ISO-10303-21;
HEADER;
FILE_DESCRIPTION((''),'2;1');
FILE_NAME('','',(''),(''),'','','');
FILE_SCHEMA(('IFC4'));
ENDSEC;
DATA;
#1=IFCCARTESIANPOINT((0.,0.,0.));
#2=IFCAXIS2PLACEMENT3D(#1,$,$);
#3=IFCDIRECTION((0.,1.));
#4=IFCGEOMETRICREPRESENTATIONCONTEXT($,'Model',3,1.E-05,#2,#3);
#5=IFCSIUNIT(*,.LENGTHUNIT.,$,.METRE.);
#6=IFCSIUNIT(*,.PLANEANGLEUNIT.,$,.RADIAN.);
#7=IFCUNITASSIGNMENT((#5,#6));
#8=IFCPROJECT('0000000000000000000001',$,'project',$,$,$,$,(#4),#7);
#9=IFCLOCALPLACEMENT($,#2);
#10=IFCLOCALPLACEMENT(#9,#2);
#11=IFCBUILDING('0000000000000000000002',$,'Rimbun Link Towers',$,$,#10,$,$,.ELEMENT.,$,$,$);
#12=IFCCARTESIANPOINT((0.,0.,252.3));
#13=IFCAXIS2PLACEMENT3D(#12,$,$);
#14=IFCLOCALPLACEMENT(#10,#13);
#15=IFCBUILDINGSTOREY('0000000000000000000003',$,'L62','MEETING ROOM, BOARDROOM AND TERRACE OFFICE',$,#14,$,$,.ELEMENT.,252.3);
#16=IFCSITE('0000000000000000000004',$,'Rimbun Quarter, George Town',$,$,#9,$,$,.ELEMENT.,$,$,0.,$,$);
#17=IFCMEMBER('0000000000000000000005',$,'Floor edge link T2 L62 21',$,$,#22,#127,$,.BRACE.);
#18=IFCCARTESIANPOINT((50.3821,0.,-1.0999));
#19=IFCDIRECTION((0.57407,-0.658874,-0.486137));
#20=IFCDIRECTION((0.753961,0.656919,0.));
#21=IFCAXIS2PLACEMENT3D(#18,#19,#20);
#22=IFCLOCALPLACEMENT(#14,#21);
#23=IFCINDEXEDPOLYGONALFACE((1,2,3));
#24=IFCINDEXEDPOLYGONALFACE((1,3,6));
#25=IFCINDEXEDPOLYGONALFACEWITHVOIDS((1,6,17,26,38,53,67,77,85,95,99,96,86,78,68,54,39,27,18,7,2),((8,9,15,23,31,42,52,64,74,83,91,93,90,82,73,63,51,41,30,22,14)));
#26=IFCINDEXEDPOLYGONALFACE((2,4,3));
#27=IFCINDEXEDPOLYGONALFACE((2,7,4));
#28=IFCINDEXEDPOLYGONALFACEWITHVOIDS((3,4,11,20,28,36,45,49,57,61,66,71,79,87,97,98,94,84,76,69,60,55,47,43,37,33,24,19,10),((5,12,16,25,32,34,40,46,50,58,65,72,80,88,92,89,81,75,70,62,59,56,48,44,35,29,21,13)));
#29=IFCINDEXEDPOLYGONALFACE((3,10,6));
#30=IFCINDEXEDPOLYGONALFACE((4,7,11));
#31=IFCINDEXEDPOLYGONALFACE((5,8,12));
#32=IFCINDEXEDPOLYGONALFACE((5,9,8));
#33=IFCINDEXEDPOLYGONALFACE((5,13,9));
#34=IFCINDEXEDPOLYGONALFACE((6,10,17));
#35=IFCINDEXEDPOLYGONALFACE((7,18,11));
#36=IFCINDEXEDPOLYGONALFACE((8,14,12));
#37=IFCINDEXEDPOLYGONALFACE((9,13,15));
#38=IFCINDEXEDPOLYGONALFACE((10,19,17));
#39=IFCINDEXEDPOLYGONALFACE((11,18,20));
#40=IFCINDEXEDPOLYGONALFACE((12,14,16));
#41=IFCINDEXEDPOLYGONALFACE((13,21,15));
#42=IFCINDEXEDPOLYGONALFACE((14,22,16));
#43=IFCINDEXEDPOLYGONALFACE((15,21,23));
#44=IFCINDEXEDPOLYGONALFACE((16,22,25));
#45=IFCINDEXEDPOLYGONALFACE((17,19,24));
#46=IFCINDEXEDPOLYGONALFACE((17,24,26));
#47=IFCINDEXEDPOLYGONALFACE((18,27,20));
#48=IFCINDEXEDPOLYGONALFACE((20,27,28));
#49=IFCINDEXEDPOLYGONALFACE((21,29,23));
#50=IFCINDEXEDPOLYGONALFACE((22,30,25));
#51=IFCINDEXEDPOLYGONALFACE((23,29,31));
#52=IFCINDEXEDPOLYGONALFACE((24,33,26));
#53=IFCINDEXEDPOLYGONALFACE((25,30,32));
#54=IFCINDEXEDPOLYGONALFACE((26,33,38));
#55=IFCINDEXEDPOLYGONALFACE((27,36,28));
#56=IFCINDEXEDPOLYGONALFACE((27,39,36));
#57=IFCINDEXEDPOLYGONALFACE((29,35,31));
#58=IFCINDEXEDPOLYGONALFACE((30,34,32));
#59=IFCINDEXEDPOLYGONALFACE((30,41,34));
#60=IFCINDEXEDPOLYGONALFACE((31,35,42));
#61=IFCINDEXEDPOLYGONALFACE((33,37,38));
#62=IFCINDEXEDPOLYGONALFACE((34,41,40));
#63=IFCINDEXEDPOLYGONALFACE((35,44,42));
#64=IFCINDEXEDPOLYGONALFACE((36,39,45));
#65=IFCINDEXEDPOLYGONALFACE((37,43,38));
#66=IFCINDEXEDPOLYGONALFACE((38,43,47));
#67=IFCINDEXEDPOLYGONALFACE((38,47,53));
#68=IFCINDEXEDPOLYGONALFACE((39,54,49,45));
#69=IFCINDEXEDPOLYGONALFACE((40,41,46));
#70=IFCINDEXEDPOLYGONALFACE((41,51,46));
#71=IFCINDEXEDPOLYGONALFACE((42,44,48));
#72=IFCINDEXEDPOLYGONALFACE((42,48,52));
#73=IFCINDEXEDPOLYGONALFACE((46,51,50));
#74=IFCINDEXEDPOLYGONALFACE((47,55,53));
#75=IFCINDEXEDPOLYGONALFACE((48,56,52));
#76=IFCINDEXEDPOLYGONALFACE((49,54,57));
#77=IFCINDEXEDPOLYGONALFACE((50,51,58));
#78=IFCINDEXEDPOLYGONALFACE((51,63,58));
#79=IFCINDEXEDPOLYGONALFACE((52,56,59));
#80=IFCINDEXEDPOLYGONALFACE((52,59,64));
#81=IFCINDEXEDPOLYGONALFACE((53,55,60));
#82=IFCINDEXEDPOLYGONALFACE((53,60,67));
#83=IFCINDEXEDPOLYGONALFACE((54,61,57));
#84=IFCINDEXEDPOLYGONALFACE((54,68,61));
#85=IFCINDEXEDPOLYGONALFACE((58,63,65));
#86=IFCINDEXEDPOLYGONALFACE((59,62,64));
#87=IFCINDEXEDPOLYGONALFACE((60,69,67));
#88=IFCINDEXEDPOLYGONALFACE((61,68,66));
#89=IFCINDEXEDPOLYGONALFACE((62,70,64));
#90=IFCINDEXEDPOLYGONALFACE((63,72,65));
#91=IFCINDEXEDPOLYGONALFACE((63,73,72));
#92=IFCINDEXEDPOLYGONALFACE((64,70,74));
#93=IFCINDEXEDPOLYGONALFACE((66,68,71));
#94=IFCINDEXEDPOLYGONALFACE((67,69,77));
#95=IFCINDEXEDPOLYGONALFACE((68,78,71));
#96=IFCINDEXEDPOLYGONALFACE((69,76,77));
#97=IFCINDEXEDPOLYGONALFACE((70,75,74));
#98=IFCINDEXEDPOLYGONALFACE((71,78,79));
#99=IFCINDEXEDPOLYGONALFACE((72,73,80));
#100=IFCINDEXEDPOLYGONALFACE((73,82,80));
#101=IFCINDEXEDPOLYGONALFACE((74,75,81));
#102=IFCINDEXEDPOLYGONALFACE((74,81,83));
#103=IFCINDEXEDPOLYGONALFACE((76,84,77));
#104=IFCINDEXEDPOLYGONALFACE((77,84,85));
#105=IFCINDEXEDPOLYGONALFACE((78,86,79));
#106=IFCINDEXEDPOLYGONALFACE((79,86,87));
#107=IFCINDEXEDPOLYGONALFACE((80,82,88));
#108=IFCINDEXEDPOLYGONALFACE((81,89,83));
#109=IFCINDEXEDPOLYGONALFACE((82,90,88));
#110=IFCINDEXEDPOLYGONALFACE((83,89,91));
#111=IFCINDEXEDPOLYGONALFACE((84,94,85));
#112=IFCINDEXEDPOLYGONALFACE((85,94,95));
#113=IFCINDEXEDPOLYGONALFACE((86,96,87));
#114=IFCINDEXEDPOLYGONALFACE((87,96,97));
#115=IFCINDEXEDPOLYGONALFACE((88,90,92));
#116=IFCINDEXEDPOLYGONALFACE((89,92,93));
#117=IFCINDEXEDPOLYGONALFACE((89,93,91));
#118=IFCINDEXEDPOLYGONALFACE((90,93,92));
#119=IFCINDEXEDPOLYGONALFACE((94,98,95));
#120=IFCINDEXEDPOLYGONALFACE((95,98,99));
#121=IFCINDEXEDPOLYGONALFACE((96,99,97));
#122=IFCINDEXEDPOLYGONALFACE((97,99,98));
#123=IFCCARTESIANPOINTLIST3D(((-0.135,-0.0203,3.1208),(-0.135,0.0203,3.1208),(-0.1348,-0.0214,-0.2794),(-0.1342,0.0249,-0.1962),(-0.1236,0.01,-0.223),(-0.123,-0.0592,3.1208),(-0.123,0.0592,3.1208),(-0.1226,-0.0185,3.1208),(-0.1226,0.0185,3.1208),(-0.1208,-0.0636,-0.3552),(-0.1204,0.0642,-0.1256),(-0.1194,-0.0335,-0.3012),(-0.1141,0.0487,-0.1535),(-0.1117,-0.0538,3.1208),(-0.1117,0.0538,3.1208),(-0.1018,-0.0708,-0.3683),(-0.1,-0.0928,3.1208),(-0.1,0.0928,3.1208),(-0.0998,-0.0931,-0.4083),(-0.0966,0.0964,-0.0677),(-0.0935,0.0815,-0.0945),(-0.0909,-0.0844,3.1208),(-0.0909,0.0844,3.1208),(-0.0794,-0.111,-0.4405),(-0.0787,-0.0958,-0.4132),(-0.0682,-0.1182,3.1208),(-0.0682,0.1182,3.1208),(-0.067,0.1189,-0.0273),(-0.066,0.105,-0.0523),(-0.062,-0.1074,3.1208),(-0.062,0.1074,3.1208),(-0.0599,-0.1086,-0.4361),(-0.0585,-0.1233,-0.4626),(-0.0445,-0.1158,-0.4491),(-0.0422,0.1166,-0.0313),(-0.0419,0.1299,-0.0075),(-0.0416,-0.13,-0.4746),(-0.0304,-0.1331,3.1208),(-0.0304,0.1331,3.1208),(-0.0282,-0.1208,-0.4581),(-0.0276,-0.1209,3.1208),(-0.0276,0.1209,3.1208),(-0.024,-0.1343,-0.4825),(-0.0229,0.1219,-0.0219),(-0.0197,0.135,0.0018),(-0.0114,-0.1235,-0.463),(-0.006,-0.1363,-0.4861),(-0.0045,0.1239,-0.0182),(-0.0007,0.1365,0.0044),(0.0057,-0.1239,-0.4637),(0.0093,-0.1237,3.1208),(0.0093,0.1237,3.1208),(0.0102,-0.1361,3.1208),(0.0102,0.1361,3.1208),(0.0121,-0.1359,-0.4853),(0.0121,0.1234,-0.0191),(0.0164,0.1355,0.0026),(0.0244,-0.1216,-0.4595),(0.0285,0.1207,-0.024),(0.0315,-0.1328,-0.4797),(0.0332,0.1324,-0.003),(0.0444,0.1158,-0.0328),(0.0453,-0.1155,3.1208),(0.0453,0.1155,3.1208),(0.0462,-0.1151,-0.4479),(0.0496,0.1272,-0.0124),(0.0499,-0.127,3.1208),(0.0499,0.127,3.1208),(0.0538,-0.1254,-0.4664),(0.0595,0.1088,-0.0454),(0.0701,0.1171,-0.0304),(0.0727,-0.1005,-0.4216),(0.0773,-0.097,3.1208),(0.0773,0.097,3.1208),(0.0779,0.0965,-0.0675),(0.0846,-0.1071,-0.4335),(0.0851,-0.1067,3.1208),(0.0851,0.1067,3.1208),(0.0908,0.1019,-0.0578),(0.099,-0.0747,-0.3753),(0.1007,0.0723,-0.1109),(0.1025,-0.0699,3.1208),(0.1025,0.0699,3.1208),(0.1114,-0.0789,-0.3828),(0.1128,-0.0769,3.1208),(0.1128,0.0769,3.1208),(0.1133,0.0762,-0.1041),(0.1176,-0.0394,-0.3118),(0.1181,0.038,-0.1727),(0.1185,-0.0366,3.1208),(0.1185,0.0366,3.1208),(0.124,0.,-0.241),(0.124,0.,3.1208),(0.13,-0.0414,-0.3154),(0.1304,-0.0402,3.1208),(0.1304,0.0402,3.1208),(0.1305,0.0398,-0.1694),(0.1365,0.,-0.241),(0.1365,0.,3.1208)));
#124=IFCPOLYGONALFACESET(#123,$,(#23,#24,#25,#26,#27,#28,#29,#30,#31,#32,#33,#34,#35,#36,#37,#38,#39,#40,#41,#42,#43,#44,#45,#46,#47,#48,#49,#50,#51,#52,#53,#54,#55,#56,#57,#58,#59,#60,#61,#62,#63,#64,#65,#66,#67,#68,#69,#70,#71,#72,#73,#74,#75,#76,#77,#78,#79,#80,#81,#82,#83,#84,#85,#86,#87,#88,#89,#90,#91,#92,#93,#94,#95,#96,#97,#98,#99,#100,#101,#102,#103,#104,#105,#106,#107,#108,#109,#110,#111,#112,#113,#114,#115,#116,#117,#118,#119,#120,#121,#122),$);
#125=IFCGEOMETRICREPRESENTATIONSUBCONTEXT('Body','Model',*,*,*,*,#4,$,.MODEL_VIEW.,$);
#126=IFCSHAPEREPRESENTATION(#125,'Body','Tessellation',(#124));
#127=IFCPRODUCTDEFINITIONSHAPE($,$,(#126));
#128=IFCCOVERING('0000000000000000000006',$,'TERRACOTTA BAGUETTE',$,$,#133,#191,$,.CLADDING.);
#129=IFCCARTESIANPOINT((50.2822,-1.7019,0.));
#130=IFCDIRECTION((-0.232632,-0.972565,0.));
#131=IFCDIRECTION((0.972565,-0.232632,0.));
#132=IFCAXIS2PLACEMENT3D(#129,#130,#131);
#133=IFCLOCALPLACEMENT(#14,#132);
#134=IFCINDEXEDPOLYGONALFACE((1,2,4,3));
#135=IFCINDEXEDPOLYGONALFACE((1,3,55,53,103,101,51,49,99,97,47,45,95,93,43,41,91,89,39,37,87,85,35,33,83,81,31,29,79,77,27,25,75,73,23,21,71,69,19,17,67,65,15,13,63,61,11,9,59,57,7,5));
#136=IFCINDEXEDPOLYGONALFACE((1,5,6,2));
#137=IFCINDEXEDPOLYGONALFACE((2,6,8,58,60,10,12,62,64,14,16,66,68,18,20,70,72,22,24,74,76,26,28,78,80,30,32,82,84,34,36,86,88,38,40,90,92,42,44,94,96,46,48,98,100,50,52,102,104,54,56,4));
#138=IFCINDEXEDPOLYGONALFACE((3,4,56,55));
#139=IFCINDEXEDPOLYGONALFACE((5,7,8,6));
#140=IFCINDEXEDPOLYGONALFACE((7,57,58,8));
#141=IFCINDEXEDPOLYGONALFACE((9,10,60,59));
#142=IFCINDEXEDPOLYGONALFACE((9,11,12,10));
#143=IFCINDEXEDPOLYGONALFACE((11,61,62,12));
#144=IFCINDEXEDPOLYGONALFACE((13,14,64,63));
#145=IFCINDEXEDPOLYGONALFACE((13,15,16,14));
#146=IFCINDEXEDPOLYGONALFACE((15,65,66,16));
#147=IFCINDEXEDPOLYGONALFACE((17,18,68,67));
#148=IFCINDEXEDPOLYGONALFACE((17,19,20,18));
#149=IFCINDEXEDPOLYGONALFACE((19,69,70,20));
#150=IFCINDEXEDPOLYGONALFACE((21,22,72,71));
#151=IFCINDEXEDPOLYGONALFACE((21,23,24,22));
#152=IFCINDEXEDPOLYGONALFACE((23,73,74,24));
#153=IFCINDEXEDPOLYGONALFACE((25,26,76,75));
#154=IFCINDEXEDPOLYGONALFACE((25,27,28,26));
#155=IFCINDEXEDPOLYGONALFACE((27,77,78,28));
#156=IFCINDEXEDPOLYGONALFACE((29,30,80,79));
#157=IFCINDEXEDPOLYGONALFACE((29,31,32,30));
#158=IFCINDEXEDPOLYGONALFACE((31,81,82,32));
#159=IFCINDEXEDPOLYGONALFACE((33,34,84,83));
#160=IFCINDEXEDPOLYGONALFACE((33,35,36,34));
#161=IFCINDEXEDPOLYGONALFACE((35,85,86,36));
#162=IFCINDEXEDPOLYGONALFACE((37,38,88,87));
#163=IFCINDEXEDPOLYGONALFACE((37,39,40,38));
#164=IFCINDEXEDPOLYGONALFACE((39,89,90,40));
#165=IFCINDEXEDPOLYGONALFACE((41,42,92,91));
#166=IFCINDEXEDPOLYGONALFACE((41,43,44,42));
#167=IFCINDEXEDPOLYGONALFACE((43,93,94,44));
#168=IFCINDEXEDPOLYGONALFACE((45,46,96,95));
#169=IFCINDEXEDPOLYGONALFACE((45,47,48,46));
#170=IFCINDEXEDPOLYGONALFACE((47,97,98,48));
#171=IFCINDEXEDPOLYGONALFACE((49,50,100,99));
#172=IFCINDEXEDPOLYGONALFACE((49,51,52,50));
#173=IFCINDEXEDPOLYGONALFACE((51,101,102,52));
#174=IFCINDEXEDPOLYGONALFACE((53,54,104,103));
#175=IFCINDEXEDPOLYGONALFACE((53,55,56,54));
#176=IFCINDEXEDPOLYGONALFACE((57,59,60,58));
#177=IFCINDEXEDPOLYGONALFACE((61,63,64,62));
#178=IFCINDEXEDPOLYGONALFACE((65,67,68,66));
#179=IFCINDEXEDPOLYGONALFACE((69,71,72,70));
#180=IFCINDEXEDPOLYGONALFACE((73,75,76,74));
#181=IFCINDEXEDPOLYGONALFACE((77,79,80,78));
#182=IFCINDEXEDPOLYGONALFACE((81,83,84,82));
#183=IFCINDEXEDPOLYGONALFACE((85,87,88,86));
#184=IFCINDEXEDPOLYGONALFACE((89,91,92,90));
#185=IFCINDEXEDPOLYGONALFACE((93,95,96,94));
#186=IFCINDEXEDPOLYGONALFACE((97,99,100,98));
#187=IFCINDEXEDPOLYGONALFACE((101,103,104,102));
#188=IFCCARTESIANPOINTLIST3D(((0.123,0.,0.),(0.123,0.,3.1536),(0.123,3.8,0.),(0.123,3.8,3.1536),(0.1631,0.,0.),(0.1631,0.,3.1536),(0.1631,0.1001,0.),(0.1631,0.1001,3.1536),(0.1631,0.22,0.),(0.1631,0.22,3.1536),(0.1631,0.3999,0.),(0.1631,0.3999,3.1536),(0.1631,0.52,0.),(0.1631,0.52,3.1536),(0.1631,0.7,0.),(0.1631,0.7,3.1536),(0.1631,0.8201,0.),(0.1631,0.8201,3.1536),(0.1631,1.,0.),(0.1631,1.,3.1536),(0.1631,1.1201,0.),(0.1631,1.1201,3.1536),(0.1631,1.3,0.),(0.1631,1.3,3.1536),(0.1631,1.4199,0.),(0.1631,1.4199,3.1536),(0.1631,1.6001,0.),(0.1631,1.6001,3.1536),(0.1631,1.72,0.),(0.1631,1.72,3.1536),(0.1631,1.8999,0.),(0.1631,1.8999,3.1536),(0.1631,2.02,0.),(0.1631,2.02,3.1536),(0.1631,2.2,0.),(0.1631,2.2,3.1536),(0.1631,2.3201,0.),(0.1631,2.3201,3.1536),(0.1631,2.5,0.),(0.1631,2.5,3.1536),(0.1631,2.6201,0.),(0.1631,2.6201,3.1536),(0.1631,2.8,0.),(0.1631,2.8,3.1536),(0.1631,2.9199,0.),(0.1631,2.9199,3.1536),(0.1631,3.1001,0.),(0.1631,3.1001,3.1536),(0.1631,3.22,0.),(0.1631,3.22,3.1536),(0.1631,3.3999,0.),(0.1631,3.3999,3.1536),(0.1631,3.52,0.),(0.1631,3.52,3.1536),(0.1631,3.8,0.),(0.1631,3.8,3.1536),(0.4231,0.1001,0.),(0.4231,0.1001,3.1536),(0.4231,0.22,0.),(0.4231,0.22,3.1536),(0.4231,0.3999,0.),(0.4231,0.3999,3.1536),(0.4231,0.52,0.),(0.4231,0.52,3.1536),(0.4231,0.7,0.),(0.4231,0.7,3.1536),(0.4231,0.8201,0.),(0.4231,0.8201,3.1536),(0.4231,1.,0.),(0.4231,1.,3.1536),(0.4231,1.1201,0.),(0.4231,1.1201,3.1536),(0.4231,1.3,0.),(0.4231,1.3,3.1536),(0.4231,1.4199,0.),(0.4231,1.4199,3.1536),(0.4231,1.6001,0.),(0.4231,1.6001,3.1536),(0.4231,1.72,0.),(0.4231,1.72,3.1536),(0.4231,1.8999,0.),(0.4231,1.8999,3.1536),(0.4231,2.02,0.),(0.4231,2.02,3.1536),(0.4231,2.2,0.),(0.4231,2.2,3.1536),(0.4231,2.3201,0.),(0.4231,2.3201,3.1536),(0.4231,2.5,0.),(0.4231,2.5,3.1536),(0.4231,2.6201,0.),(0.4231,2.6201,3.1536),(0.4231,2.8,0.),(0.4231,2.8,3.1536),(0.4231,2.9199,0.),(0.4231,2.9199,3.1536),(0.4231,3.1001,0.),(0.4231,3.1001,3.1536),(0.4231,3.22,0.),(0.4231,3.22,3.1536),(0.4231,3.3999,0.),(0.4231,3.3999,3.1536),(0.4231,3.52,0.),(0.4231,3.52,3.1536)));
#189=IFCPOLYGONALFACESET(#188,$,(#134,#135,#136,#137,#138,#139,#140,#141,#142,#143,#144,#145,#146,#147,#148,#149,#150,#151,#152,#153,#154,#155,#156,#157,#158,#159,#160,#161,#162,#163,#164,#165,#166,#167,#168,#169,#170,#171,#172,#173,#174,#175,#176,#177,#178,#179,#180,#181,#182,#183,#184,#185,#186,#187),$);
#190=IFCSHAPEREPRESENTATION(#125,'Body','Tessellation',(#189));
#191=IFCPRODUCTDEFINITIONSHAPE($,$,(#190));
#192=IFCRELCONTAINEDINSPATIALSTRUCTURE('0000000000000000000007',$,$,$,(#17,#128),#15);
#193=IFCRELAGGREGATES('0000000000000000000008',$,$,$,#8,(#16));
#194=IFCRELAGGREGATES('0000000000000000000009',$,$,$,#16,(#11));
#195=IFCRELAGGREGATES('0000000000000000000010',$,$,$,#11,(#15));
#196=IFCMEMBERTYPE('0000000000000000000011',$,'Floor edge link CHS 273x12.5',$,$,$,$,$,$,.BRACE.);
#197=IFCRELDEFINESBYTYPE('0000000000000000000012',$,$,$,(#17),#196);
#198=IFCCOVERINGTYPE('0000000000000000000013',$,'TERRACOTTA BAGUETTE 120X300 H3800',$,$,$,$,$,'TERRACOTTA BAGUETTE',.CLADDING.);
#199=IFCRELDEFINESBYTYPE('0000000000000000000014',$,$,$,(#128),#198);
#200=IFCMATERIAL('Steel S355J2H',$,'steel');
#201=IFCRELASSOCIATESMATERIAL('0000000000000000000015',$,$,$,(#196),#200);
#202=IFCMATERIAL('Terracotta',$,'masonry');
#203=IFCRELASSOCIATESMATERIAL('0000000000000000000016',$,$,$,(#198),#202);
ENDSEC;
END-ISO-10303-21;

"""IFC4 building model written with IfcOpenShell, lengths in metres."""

from ifc_helpers import new_model, si_unit, direction, frame, origin, origin_2d, place, context, subcontext, project, spatial, polyline, hollow_circle, outline, extrude, clip, halfspace, material, material_profile, profile_set, type_object, element, save


model = new_model("IFC4")

# Units and contexts
model_context = context("Model", 3, precision=1e-05, world=origin(), true_north=direction((0.0, 1.0)))
body_context = subcontext(model_context, "Body", "Model", "MODEL_VIEW")
ifc_project = project(units=[si_unit("LENGTHUNIT", "METRE"), si_unit("PLANEANGLEUNIT", "RADIAN")], contexts=[model_context])

# Site, building, storey
site_placement = place(None, origin())
site = spatial("IfcSite", under=ifc_project, at=site_placement, Name="Rimbun Quarter, George Town", CompositionType="ELEMENT", RefElevation=0.0)
building_placement = place(site_placement, origin())
building = spatial("IfcBuilding", under=site, at=building_placement, Name="Rimbun Link Towers", CompositionType="ELEMENT")
storey_placement = place(building_placement, frame((0.0, 0.0, 252.3)))
storey = spatial("IfcBuildingStorey", under=building, at=storey_placement, Name="L62", Description="MEETING ROOM, BOARDROOM AND TERRACE OFFICE", CompositionType="ELEMENT", Elevation=252.3)

# Member
ifc_material_1 = material(Name="Steel S355J2H", Category="steel")
ifc_material_profile_1 = material_profile(ifc_material_1, hollow_circle(Radius=0.1365, WallThickness=0.0125, at=origin_2d()), Name="CHS 273x12.5")
ifc_profile_set_1 = profile_set([ifc_material_profile_1], Name="Steel S355J2H")
member_type_1 = type_object("IfcMemberType", Name="Floor edge link CHS 273x12.5", PredefinedType="BRACE", material=ifc_profile_set_1)
member_1_placement = place(storey_placement, frame((50.3821, 0.0, -1.0999), z_axis=(0.57407, -0.658874, -0.486137), x_axis=(0.753961, 0.656919, 0.0)))
element("IfcMember", 1, at=member_1_placement, inside=storey, type_object=member_type_1, Name="Floor edge link T2 L62 21", PredefinedType="BRACE", context=body_context, shape_type="Clipping", body=[
    clip(extrude(hollow_circle(Radius=0.1365, WallThickness=0.0125, at=origin_2d()), frame((0.0, 0.0, -0.5112)), (0.0, 0.0, 1.0), 3.6321), halfspace(frame((0.0, 0.0, -0.241), z_axis=(0.0, 0.873883, -0.486137)), False)),
])

# Covering
ifc_material_2 = material(Name="Terracotta", Category="masonry")
ifc_material_profile_2 = material_profile(ifc_material_2, outline(polyline([(0.123, 0.0), (0.1631, 0.0), (0.1631, 0.1001), (0.4231, 0.1001), (0.4231, 0.22), (0.1631, 0.22), (0.1631, 0.3999), (0.4231, 0.3999), (0.4231, 0.52), (0.1631, 0.52), (0.1631, 0.7), (0.4231, 0.7), (0.4231, 0.8201), (0.1631, 0.8201), (0.1631, 1.0), (0.4231, 1.0), (0.4231, 1.1201), (0.1631, 1.1201), (0.1631, 1.3), (0.4231, 1.3), (0.4231, 1.4199), (0.1631, 1.4199), (0.1631, 1.6001), (0.4231, 1.6001), (0.4231, 1.72), (0.1631, 1.72), (0.1631, 1.8999), (0.4231, 1.8999), (0.4231, 2.02), (0.1631, 2.02), (0.1631, 2.2), (0.4231, 2.2), (0.4231, 2.3201), (0.1631, 2.3201), (0.1631, 2.5), (0.4231, 2.5), (0.4231, 2.6201), (0.1631, 2.6201), (0.1631, 2.8), (0.4231, 2.8), (0.4231, 2.9199), (0.1631, 2.9199), (0.1631, 3.1001), (0.4231, 3.1001), (0.4231, 3.22), (0.1631, 3.22), (0.1631, 3.3999), (0.4231, 3.3999), (0.4231, 3.52), (0.1631, 3.52), (0.1631, 3.8), (0.123, 3.8), (0.123, 0.0)])), Name="BAGUETTE 120X300")
ifc_profile_set_2 = profile_set([ifc_material_profile_2], Name="Terracotta")
covering_type = type_object("IfcCoveringType", Name="TERRACOTTA BAGUETTE 120X300 H3800", ElementType="TERRACOTTA BAGUETTE", PredefinedType="CLADDING", material=ifc_profile_set_2)
covering_1_placement = place(storey_placement, frame((50.2822, -1.7019, 0.0), z_axis=(-0.232632, -0.972565, 0.0), x_axis=(0.972565, -0.232632, 0.0)))
element("IfcCovering", 2, at=covering_1_placement, inside=storey, type_object=covering_type, Name="TERRACOTTA BAGUETTE", PredefinedType="CLADDING", context=body_context, shape_type="SweptSolid", body=[
    extrude(outline(polyline([(0.123, 0.0), (0.1631, 0.0), (0.1631, 0.1001), (0.4231, 0.1001), (0.4231, 0.22), (0.1631, 0.22), (0.1631, 0.3999), (0.4231, 0.3999), (0.4231, 0.52), (0.1631, 0.52), (0.1631, 0.7), (0.4231, 0.7), (0.4231, 0.8201), (0.1631, 0.8201), (0.1631, 1.0), (0.4231, 1.0), (0.4231, 1.1201), (0.1631, 1.1201), (0.1631, 1.3), (0.4231, 1.3), (0.4231, 1.4199), (0.1631, 1.4199), (0.1631, 1.6001), (0.4231, 1.6001), (0.4231, 1.72), (0.1631, 1.72), (0.1631, 1.8999), (0.4231, 1.8999), (0.4231, 2.02), (0.1631, 2.02), (0.1631, 2.2), (0.4231, 2.2), (0.4231, 2.3201), (0.1631, 2.3201), (0.1631, 2.5), (0.4231, 2.5), (0.4231, 2.6201), (0.1631, 2.6201), (0.1631, 2.8), (0.4231, 2.8), (0.4231, 2.9199), (0.1631, 2.9199), (0.1631, 3.1001), (0.4231, 3.1001), (0.4231, 3.22), (0.1631, 3.22), (0.1631, 3.3999), (0.4231, 3.3999), (0.4231, 3.52), (0.1631, 3.52), (0.1631, 3.8), (0.123, 3.8), (0.123, 0.0)])), origin(), (0.0, 0.0, 1.0), 3.1536),
])

save(model, "model.ifc")
